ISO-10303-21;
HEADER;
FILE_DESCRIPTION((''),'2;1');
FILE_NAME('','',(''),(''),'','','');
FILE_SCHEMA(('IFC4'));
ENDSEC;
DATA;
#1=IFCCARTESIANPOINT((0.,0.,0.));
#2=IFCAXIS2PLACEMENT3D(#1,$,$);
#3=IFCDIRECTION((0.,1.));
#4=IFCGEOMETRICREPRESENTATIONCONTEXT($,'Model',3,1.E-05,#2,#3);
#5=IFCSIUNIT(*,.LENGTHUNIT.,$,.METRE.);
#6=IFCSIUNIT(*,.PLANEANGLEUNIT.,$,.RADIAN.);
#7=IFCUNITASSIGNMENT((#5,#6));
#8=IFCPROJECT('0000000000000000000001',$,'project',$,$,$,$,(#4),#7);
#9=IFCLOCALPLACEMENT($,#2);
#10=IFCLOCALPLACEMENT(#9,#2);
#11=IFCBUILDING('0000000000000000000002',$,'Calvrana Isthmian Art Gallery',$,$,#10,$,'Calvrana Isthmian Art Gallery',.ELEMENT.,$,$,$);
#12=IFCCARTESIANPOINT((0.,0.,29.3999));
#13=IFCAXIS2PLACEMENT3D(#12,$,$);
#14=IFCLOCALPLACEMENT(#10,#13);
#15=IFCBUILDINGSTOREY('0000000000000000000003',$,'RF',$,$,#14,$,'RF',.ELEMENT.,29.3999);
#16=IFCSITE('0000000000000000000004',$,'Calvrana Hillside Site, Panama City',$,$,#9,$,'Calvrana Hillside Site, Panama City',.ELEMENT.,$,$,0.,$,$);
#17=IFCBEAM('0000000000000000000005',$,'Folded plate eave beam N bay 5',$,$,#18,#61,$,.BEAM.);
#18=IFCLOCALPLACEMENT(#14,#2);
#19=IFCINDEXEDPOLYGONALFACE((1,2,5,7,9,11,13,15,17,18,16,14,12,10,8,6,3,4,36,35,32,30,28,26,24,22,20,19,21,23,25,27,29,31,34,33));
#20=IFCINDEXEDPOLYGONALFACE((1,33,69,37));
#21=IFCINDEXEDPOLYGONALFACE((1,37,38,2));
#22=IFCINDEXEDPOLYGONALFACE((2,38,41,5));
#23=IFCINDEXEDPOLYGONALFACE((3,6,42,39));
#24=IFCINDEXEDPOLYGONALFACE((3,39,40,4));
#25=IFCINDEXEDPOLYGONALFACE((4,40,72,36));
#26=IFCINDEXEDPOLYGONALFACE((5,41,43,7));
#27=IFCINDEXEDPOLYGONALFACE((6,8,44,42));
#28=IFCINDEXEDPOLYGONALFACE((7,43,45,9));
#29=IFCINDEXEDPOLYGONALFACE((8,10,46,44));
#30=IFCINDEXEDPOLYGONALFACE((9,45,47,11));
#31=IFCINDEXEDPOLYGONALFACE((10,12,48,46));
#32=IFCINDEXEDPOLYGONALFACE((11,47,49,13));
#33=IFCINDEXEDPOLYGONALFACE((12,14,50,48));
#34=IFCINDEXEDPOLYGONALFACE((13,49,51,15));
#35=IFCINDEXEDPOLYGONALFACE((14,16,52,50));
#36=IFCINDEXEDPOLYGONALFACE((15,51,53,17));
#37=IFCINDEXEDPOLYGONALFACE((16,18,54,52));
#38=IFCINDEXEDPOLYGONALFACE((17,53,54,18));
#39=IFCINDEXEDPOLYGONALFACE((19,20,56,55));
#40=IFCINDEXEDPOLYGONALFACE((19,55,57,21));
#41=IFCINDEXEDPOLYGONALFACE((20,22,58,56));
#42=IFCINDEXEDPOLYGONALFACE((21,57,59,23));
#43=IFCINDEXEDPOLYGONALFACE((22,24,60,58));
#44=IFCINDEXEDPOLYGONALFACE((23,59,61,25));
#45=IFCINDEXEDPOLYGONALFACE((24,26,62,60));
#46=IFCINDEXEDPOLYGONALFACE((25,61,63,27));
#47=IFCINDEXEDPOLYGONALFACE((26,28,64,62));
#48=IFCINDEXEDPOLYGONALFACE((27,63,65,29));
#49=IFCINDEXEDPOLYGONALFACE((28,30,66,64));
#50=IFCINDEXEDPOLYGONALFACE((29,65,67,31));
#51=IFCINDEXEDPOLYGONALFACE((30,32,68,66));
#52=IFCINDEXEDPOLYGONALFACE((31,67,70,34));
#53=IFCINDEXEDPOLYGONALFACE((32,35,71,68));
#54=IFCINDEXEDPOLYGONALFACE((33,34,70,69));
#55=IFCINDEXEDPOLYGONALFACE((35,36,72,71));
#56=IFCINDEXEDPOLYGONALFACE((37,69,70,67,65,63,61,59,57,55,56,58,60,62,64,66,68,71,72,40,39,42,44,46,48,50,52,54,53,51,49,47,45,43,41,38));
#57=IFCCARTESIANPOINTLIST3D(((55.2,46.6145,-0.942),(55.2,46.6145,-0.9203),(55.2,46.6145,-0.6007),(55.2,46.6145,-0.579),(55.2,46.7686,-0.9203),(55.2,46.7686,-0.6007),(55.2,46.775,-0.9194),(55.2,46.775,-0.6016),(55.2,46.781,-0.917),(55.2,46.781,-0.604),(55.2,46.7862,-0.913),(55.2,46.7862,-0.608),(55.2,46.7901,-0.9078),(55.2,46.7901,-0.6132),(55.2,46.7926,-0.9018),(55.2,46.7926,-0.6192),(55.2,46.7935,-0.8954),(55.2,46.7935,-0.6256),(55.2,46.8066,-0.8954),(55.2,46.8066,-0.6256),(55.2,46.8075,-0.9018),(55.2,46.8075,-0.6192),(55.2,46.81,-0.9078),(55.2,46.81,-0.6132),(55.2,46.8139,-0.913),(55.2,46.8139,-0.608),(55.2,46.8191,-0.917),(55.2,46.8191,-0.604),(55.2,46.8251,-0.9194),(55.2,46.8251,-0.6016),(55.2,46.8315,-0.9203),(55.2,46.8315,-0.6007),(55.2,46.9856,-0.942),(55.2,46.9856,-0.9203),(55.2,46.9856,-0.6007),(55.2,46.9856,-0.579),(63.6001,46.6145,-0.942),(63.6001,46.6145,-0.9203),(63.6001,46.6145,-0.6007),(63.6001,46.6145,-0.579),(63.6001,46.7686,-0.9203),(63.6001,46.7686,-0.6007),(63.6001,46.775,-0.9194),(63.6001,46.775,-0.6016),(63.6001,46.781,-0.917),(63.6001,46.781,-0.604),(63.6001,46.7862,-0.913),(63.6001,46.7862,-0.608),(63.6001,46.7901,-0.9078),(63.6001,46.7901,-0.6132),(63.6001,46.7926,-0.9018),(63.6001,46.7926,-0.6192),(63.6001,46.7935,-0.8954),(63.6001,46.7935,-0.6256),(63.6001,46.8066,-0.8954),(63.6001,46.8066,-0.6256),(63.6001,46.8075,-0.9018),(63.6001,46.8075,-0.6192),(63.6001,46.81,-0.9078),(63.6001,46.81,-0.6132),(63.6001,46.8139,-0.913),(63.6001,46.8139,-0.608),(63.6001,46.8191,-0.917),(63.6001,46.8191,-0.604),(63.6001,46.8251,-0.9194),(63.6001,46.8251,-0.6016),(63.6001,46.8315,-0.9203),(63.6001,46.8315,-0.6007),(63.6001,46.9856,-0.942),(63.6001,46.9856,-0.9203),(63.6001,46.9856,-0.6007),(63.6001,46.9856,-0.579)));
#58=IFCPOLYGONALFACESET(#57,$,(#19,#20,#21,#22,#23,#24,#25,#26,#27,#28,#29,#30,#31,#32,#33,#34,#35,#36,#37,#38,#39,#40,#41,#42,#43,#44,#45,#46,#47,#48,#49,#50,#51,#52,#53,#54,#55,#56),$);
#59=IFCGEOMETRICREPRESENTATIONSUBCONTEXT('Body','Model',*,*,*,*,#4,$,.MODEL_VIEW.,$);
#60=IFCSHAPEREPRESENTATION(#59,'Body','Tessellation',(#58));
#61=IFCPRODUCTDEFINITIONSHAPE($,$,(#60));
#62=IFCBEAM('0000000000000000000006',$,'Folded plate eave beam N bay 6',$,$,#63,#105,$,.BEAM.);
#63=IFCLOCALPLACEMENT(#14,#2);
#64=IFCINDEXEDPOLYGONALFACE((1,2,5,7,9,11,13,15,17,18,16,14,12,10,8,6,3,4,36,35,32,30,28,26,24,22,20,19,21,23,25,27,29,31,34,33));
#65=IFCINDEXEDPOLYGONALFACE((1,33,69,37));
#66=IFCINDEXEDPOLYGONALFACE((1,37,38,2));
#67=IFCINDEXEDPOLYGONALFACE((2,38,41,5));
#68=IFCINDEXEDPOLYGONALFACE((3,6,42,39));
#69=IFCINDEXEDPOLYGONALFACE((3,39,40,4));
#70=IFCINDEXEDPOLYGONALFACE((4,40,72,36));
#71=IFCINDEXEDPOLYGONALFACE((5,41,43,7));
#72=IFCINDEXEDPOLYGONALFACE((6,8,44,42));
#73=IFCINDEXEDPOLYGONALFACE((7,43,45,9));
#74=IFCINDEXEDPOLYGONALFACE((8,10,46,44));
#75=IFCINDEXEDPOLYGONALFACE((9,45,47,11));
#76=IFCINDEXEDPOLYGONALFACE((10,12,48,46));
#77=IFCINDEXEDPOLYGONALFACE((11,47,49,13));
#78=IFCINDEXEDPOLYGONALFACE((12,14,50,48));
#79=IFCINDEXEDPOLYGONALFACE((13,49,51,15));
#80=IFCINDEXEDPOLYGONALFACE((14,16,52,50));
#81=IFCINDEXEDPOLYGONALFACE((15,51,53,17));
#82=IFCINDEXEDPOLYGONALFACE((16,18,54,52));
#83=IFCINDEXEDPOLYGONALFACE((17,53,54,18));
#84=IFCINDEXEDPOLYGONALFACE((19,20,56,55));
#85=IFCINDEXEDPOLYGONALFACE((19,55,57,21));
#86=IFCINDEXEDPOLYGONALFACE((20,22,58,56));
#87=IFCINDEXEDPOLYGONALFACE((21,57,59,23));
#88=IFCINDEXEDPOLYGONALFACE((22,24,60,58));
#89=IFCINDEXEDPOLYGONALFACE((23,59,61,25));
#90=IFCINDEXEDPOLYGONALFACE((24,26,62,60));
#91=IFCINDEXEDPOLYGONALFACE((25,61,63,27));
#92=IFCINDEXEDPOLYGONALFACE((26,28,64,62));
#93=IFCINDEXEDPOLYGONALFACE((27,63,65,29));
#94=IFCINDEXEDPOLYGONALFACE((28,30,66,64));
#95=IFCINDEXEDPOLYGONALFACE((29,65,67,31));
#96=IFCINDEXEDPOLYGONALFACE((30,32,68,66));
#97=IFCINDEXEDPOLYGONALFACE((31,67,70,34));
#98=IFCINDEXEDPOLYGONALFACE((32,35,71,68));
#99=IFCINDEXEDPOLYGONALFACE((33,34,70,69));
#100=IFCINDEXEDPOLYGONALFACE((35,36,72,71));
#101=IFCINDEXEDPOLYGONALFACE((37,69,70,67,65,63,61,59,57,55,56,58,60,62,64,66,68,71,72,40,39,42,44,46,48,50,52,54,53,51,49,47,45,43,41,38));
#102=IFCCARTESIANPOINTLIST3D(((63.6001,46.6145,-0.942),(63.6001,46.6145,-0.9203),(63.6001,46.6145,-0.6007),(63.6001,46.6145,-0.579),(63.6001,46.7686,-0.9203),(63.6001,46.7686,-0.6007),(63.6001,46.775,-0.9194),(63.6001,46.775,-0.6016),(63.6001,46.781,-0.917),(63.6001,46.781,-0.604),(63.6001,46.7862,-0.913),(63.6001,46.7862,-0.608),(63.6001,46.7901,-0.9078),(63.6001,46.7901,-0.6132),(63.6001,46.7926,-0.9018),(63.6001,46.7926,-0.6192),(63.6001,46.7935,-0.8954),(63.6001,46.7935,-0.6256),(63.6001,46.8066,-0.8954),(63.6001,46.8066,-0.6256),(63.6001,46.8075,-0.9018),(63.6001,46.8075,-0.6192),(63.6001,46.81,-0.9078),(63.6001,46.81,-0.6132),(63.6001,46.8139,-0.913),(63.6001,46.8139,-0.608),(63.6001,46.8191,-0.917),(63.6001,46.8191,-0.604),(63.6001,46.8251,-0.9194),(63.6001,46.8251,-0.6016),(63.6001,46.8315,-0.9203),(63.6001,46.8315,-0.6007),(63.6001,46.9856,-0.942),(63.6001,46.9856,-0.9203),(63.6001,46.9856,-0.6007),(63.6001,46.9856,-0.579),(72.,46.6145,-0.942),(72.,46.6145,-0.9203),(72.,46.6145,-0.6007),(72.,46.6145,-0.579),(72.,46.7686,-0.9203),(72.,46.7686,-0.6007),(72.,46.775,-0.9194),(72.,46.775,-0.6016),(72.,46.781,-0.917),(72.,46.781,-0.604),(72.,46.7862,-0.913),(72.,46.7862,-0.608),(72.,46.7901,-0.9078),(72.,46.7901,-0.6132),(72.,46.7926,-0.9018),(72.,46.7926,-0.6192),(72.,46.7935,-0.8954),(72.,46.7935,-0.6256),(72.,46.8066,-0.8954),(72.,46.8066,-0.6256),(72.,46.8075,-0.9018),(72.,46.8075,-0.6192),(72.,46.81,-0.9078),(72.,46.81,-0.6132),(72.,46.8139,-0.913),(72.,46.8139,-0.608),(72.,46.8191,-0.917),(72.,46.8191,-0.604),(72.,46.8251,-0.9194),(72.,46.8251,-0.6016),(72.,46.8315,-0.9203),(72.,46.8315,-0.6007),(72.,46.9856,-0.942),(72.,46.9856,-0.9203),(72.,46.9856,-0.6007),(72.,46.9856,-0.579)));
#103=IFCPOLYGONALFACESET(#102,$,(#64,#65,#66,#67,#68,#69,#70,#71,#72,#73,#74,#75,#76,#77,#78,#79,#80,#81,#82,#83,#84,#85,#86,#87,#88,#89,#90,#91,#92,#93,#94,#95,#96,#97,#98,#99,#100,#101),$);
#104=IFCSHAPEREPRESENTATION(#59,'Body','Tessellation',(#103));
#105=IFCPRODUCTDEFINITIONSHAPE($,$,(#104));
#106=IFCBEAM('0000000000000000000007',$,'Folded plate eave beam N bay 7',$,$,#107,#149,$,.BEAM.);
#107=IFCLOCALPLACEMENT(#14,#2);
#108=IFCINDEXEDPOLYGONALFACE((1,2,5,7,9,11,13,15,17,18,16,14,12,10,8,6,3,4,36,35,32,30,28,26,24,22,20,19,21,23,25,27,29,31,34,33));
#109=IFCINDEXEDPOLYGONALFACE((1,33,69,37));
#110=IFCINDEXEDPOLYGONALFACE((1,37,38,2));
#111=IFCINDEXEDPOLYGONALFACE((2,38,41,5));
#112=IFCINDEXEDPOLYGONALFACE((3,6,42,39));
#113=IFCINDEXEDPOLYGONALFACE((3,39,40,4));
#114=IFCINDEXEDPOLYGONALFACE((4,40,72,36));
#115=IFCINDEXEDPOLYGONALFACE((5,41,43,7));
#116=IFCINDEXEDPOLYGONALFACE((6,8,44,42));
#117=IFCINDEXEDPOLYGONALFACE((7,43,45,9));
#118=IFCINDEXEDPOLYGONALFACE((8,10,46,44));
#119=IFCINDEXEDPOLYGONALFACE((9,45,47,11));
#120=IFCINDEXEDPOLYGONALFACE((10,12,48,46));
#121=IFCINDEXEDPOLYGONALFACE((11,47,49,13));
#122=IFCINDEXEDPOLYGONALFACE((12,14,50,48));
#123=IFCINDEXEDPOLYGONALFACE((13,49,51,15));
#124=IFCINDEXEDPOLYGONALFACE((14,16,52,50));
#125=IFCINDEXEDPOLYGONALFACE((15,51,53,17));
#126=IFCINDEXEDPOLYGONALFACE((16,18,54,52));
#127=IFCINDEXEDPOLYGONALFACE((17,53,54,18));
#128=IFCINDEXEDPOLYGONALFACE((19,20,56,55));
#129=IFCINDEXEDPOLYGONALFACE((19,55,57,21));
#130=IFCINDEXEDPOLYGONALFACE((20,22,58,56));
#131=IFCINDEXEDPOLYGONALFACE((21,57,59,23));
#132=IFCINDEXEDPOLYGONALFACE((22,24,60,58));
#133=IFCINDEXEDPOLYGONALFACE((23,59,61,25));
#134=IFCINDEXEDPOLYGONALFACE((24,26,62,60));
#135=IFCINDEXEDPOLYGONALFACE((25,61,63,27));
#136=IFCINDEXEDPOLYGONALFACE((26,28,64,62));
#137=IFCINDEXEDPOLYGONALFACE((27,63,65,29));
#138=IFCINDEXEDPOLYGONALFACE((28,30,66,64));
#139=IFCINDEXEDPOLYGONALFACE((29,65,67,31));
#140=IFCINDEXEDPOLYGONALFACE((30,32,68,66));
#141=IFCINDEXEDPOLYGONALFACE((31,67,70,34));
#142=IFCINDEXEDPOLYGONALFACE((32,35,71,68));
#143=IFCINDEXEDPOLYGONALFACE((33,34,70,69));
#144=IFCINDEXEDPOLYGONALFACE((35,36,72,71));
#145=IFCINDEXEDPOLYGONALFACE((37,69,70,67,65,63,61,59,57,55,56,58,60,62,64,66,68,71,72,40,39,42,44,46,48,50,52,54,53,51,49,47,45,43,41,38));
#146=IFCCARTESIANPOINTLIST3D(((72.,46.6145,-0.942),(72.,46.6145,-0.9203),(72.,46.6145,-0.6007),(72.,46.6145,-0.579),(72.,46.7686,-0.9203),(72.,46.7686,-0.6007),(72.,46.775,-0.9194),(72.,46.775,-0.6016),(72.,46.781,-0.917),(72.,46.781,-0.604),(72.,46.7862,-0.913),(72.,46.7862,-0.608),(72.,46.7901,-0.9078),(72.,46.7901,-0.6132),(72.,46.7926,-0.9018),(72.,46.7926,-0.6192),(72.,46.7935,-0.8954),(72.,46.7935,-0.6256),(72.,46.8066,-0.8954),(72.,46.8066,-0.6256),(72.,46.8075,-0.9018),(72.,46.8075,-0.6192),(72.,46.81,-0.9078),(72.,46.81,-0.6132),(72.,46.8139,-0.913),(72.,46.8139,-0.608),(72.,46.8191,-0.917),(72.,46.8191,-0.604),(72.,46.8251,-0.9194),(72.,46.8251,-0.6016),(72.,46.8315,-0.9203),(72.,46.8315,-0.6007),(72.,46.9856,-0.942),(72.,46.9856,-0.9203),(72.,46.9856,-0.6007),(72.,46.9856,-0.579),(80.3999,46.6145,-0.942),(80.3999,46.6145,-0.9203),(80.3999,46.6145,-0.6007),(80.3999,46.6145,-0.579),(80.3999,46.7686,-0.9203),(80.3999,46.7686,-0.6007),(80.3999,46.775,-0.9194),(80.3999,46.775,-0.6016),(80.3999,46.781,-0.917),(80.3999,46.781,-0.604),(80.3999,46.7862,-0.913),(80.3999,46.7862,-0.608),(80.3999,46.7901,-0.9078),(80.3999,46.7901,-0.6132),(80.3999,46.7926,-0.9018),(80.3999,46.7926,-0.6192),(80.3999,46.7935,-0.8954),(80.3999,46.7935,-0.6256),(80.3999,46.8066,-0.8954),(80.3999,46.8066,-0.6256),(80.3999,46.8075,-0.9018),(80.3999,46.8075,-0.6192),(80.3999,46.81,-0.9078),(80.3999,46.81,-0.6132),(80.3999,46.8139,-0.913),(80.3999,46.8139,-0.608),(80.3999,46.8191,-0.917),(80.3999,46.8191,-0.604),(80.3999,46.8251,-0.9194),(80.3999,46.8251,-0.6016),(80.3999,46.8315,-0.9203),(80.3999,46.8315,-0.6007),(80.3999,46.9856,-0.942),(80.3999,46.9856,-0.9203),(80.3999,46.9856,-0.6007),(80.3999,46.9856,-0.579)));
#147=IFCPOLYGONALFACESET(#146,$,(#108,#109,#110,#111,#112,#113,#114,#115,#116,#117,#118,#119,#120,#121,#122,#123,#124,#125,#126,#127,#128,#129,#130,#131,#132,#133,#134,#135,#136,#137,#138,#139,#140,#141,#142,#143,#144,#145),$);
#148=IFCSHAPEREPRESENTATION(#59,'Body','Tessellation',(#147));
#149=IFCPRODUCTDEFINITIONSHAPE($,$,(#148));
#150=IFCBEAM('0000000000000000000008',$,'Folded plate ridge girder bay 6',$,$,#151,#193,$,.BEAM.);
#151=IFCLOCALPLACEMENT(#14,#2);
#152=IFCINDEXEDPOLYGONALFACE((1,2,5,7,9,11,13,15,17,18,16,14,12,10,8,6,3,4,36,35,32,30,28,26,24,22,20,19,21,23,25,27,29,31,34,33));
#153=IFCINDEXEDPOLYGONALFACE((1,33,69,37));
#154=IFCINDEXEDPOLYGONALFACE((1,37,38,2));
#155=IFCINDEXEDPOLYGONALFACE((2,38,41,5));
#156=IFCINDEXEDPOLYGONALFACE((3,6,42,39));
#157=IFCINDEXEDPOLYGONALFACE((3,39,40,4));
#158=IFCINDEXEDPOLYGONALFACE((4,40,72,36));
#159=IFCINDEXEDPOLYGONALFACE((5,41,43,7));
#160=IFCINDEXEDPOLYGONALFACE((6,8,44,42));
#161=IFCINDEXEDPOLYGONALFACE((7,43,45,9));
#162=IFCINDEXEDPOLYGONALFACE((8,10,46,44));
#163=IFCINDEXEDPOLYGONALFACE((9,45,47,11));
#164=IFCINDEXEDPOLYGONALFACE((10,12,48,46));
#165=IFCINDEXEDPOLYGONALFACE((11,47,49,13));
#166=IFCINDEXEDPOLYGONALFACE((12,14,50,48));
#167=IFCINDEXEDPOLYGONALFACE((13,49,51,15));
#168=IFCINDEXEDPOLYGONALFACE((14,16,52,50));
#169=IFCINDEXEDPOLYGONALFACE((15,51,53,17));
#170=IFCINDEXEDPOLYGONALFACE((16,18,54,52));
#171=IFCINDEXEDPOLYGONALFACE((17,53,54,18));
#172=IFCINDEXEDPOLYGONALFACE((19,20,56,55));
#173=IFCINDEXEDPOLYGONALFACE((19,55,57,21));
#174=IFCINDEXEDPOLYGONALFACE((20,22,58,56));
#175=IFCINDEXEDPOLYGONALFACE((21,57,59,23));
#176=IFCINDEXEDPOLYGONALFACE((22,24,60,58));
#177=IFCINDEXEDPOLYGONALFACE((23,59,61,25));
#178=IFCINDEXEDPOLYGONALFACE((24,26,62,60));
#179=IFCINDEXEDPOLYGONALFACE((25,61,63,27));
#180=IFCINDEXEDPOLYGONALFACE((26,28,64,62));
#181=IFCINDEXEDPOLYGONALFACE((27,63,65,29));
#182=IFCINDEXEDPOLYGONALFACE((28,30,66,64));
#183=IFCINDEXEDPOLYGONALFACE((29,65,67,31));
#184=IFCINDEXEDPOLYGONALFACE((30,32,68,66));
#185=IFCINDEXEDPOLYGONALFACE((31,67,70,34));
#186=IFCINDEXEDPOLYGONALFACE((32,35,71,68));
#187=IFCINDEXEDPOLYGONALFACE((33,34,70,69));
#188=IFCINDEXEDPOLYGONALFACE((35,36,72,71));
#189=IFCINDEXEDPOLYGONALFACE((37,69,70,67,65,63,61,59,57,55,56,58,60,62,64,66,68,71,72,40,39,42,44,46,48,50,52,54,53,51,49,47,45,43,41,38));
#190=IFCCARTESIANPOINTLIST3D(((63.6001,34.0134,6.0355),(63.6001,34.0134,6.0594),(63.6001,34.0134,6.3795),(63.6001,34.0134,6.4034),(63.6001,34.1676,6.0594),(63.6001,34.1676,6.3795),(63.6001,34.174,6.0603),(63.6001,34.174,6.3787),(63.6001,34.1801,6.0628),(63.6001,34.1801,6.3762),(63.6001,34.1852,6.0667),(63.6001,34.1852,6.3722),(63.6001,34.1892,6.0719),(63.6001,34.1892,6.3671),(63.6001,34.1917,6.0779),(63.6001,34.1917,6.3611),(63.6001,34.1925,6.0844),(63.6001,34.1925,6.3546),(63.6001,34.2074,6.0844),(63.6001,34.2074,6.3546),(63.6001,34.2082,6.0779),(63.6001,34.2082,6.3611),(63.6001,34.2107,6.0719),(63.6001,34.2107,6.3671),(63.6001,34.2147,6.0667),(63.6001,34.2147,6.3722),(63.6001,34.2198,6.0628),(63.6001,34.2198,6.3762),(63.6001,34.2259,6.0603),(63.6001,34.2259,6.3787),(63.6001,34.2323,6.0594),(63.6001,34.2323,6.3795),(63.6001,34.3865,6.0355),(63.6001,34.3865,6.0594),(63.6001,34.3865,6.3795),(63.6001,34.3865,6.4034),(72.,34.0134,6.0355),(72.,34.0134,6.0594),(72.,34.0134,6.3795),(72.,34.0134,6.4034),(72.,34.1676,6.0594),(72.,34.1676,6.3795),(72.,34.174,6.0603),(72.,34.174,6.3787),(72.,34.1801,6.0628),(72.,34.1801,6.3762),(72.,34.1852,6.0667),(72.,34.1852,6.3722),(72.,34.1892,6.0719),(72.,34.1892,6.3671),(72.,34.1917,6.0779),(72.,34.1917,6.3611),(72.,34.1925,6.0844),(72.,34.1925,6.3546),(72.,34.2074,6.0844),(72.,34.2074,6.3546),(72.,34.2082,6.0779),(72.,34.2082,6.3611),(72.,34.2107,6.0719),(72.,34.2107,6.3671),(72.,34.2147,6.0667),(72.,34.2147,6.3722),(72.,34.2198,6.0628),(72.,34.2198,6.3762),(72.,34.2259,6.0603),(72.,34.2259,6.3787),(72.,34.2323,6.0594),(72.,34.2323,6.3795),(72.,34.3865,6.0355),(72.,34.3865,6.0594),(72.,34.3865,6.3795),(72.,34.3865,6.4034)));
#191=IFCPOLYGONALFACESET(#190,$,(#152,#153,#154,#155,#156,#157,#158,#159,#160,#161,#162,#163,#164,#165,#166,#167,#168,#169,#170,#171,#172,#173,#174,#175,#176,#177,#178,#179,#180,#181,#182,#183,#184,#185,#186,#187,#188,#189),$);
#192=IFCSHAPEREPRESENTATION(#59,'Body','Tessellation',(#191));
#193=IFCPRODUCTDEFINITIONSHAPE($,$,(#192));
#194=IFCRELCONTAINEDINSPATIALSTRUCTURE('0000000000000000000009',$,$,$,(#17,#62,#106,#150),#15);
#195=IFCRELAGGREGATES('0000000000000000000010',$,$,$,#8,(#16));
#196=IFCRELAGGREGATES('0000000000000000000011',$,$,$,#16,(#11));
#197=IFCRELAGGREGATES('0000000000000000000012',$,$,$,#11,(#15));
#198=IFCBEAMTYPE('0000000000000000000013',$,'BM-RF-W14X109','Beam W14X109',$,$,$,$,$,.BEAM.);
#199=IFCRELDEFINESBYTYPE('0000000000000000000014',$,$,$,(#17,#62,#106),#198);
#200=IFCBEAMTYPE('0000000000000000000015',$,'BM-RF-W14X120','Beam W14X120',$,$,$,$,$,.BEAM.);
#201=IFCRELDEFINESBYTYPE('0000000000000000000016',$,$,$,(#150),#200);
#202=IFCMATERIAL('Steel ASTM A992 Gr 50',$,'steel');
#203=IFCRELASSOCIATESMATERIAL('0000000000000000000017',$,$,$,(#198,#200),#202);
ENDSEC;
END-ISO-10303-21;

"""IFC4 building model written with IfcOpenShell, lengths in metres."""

from ifc_helpers import new_model, si_unit, direction, frame, origin, origin_2d, place, context, subcontext, project, spatial, i_section, extrude, material, material_profile, profile_set, type_object, element, save


model = new_model("IFC4")

# Units and contexts
model_context = context("Model", 3, precision=1e-05, world=origin(), true_north=direction((0.0, 1.0)))
body_context = subcontext(model_context, "Body", "Model", "MODEL_VIEW")
ifc_project = project(units=[si_unit("LENGTHUNIT", "METRE"), si_unit("PLANEANGLEUNIT", "RADIAN")], contexts=[model_context])

# Site, building, storey
site_placement = place(None, origin())
site = spatial("IfcSite", under=ifc_project, at=site_placement, Name="Calvrana Hillside Site, Panama City", LongName="Calvrana Hillside Site, Panama City", CompositionType="ELEMENT", RefElevation=0.0)
building_placement = place(site_placement, origin())
building = spatial("IfcBuilding", under=site, at=building_placement, Name="Calvrana Isthmian Art Gallery", LongName="Calvrana Isthmian Art Gallery", CompositionType="ELEMENT")
storey_placement = place(building_placement, frame((0.0, 0.0, 29.3999)))
storey = spatial("IfcBuildingStorey", under=building, at=storey_placement, Name="RF", LongName="RF", CompositionType="ELEMENT", Elevation=29.3999)

# Beams
ifc_material_1 = material(Name="Steel ASTM A992 Gr 50", Category="steel")
ifc_material_profile_1 = material_profile(ifc_material_1, i_section(OverallWidth=0.3711, OverallDepth=0.363, WebThickness=0.0132, FlangeThickness=0.0217, FilletRadius=0.0249, at=origin_2d()), Name="W14X109")
ifc_profile_set_1 = profile_set([ifc_material_profile_1], Name="Steel ASTM A992 Gr 50")
beam_type_1 = type_object("IfcBeamType", Name="BM-RF-W14X109", Description="Beam W14X109", PredefinedType="BEAM", material=ifc_profile_set_1)
beam_placement = place(storey_placement, frame((55.2, 46.8, -0.7605), z_axis=(1.0, 0.0, 0.0), x_axis=(0.0, 1.0, 0.0)))
element("IfcBeam", 1, at=beam_placement, inside=storey, type_object=beam_type_1, Name="Folded plate eave beam N bay 5", PredefinedType="BEAM", context=body_context, shape_type="SweptSolid", body=[
    extrude(i_section(OverallWidth=0.3711, OverallDepth=0.363, WebThickness=0.0132, FlangeThickness=0.0217, FilletRadius=0.0249, at=origin_2d()), origin(), (0.0, 0.0, 1.0), 8.4001),
])
for number, where, z_axis, x_axis, name in (
    (2, (63.6001, 46.8, -0.7605), (1.0, 0.0, 0.0), (0.0, 1.0, 0.0), "Folded plate eave beam N bay 6"),
    (3, (72.0, 46.8, -0.7605), (1.0, 0.0, 0.0), (0.0, 1.0, 0.0), "Folded plate eave beam N bay 7"),
):
    element("IfcBeam", number, at=place(storey_placement, frame(where, z_axis=z_axis, x_axis=x_axis)), inside=storey, type_object=beam_type_1, Name=name, PredefinedType="BEAM", context=body_context, shape_type="SweptSolid", body=[
        extrude(i_section(OverallWidth=0.3711, OverallDepth=0.363, WebThickness=0.0132, FlangeThickness=0.0217, FilletRadius=0.0249, at=origin_2d()), origin(), (0.0, 0.0, 1.0), 8.3999),
    ])
ifc_material_profile_2 = material_profile(ifc_material_1, i_section(OverallWidth=0.373, OverallDepth=0.3679, WebThickness=0.0149, FlangeThickness=0.0239, FilletRadius=0.0249, at=origin_2d()), Name="W14X120")
ifc_profile_set_2 = profile_set([ifc_material_profile_2], Name="Steel ASTM A992 Gr 50")
beam_type_2 = type_object("IfcBeamType", Name="BM-RF-W14X120", Description="Beam W14X120", PredefinedType="BEAM", material=ifc_profile_set_2)
for number, where, z_axis, x_axis, name in (
    (4, (63.6001, 34.2, 6.2195), (1.0, 0.0, 0.0), (0.0, 1.0, 0.0), "Folded plate ridge girder bay 6"),
):
    element("IfcBeam", number, at=place(storey_placement, frame(where, z_axis=z_axis, x_axis=x_axis)), inside=storey, type_object=beam_type_2, Name=name, PredefinedType="BEAM", context=body_context, shape_type="SweptSolid", body=[
        extrude(i_section(OverallWidth=0.373, OverallDepth=0.3679, WebThickness=0.0149, FlangeThickness=0.0239, FilletRadius=0.0249, at=origin_2d()), origin(), (0.0, 0.0, 1.0), 8.3999),
    ])

save(model, "model.ifc")
